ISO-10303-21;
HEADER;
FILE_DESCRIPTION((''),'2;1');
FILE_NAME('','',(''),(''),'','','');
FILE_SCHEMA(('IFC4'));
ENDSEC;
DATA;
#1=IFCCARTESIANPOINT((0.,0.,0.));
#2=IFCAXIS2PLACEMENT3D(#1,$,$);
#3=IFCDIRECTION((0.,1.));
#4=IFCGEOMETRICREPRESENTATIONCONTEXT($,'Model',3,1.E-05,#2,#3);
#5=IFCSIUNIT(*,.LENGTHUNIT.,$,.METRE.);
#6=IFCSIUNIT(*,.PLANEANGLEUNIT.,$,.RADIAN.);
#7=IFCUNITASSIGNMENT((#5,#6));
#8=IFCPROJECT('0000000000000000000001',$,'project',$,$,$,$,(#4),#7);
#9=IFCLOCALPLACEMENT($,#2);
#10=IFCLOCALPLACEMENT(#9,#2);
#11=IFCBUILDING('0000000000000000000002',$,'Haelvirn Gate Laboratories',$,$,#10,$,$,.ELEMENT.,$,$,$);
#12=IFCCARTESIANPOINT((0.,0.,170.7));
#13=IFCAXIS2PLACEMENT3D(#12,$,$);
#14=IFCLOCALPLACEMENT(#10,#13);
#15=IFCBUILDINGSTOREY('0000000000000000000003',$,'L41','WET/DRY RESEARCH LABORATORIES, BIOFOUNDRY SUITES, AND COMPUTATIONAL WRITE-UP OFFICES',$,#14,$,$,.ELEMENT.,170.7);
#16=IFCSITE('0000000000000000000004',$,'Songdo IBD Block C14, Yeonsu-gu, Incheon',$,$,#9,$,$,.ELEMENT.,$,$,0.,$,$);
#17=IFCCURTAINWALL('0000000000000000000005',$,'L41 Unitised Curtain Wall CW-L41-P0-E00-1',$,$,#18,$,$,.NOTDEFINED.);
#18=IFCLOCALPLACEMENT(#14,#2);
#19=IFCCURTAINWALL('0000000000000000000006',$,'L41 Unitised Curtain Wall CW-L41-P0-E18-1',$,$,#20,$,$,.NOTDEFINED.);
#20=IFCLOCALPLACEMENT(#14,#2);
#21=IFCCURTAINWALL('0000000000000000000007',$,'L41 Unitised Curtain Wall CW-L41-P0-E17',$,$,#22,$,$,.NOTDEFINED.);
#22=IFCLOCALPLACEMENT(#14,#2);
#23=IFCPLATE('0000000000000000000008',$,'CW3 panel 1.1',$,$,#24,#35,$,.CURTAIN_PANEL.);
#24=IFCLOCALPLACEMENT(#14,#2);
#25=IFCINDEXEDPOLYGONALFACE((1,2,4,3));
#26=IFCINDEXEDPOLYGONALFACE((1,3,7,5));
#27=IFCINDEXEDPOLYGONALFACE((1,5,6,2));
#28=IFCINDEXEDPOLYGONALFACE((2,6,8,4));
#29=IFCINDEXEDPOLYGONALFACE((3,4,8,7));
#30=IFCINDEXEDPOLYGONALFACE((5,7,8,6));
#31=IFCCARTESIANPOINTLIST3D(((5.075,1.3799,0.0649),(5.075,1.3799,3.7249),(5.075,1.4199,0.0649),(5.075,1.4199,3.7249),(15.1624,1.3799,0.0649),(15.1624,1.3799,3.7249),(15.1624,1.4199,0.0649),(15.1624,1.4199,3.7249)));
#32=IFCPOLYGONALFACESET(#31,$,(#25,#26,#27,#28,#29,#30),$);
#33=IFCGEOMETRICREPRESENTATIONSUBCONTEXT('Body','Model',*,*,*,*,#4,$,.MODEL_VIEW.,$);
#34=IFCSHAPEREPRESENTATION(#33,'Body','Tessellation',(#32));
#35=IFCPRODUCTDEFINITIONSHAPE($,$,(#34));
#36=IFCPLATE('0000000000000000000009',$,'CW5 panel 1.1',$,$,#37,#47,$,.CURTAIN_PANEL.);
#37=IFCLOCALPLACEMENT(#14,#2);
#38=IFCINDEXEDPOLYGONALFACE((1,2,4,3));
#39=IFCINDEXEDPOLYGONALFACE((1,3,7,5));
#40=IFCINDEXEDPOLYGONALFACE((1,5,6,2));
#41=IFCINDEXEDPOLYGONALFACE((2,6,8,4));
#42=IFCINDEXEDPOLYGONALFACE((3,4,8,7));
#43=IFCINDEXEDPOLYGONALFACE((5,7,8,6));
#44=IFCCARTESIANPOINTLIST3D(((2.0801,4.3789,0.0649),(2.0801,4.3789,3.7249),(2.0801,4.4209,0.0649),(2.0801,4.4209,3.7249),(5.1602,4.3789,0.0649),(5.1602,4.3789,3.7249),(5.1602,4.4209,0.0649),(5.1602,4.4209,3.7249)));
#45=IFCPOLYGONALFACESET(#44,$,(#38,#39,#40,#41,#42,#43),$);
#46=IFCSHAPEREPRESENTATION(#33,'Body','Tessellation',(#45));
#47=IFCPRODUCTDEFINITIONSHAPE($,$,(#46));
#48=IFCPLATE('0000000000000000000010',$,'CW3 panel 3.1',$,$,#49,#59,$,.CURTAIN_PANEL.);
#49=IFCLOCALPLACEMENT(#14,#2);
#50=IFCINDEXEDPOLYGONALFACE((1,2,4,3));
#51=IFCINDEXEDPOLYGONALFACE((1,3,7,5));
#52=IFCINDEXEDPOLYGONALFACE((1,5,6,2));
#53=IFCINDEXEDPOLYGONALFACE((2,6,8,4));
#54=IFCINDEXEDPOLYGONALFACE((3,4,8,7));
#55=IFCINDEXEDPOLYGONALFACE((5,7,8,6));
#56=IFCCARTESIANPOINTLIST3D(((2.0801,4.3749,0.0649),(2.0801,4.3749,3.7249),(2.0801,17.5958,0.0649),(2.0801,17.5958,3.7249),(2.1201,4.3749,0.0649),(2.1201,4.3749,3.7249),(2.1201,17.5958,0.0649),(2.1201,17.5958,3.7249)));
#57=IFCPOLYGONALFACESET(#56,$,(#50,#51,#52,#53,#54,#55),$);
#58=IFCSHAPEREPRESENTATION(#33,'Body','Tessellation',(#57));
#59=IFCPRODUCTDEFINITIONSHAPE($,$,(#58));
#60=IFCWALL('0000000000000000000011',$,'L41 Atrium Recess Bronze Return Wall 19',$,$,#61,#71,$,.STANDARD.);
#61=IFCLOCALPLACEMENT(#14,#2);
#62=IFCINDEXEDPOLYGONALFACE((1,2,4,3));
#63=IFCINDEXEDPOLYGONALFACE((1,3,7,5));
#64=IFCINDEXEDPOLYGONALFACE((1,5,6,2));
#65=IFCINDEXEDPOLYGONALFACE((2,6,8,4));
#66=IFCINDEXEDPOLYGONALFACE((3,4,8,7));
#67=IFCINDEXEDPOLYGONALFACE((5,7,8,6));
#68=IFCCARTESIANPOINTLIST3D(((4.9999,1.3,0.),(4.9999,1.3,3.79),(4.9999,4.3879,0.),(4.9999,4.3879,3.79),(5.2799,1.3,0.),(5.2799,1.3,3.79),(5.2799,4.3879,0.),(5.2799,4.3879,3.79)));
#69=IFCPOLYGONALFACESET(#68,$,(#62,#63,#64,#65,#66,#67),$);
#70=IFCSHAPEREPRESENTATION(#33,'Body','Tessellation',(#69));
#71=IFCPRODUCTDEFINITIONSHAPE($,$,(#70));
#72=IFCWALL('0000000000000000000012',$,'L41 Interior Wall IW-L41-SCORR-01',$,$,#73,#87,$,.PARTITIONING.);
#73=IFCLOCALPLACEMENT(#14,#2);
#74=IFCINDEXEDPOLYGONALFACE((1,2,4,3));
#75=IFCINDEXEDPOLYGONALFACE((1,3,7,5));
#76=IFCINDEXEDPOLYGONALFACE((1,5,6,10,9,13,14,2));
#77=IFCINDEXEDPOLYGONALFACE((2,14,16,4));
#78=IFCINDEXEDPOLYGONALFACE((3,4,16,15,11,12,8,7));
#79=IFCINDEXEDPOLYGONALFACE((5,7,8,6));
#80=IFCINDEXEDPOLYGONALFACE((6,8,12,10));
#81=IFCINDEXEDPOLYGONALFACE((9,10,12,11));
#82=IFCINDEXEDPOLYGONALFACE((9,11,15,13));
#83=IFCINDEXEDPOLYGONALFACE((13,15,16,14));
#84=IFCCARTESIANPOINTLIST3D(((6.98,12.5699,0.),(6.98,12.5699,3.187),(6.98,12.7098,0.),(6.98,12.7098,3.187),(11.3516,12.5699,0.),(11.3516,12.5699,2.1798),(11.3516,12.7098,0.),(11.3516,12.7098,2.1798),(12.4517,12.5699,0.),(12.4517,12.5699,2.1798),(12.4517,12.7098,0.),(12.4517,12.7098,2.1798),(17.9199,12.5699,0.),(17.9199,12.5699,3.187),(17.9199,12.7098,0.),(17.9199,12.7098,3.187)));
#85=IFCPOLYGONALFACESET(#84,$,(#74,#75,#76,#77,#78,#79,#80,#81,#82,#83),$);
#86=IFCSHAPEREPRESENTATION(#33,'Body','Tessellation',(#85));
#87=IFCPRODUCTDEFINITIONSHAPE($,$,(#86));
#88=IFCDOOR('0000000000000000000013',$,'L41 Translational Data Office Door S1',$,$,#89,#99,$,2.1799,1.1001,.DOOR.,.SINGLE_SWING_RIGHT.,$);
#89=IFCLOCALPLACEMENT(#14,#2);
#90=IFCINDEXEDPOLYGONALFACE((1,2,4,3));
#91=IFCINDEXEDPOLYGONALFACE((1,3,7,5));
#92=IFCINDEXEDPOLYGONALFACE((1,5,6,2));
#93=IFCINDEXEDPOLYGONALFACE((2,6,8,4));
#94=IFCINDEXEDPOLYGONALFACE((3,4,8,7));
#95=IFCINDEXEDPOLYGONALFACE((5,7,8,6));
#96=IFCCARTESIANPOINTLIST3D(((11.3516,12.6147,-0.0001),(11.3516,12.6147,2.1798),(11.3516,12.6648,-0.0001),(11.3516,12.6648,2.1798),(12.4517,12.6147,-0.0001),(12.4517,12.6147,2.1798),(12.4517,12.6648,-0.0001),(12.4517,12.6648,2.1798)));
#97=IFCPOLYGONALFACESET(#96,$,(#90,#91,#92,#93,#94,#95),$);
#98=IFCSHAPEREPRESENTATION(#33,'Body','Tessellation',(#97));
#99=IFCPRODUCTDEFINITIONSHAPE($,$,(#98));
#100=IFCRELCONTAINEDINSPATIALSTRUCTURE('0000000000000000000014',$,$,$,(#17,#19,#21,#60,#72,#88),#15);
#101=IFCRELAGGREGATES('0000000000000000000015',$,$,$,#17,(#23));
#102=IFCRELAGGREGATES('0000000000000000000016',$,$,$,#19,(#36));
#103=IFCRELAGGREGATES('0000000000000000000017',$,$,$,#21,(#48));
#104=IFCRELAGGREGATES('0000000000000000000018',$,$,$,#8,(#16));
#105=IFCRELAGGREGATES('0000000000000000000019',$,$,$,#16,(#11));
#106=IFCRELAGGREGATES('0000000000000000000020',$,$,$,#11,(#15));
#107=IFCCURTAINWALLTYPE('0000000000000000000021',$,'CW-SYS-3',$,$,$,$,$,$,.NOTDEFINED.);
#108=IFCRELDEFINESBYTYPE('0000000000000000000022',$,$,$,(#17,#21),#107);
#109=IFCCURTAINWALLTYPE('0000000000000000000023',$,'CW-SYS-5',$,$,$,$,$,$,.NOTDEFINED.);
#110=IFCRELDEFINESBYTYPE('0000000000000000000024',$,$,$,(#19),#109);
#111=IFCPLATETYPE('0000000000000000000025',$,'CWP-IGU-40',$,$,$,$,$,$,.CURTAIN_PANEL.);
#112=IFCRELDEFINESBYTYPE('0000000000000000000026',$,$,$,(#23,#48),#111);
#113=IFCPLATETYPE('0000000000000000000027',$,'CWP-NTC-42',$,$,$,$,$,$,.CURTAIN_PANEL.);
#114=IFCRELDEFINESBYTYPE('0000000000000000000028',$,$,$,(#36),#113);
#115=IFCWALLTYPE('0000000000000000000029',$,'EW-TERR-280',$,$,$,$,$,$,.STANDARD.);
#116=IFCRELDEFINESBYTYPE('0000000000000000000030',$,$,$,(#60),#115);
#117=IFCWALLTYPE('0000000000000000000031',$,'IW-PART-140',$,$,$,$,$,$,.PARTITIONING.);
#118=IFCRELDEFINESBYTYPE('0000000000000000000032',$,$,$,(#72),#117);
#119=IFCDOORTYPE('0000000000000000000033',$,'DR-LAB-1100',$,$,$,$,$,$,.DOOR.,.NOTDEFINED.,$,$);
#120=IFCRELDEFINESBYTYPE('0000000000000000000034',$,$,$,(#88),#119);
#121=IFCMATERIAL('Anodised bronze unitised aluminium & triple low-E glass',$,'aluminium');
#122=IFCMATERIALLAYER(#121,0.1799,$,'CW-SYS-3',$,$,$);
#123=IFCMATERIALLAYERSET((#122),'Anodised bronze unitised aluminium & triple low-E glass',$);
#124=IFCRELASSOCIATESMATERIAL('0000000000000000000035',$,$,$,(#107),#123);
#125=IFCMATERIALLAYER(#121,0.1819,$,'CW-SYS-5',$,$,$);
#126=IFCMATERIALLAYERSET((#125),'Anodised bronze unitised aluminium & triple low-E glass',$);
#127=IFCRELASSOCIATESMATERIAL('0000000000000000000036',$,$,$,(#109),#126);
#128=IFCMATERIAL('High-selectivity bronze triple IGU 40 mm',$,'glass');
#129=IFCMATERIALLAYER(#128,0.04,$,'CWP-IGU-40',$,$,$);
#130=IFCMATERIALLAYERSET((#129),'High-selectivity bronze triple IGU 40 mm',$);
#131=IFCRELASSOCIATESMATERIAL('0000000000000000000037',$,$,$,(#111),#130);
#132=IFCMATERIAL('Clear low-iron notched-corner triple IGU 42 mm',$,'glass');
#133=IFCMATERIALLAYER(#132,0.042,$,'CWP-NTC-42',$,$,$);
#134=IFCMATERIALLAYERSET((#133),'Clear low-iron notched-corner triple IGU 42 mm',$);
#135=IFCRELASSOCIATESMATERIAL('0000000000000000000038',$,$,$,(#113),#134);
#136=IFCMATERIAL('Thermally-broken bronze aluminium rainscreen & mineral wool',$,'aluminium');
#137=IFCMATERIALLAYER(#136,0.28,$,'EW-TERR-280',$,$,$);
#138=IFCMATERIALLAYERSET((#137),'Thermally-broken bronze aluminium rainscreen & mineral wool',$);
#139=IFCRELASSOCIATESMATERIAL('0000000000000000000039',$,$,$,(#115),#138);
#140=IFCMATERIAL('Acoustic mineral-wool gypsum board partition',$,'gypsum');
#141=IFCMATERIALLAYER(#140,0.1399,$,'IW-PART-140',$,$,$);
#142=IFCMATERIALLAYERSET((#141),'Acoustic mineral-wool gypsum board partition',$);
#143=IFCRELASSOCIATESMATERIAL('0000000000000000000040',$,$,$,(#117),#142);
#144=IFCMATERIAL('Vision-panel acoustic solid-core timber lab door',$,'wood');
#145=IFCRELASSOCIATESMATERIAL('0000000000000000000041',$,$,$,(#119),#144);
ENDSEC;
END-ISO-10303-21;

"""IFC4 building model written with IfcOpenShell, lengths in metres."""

from ifc_helpers import new_model, si_unit, direction, frame, frame_2d, origin, origin_2d, place, context, subcontext, project, spatial, rectangle, extrude, source, transform, mapped, material, layer, layer_set, type_object, type_shapes, element, fill, aggregate, save


model = new_model("IFC4")

# Units and contexts
model_context = context("Model", 3, precision=1e-05, world=origin(), true_north=direction((0.0, 1.0)))
body_context = subcontext(model_context, "Body", "Model", "MODEL_VIEW")
ifc_project = project(units=[si_unit("LENGTHUNIT", "METRE"), si_unit("PLANEANGLEUNIT", "RADIAN")], contexts=[model_context])

# Site, building, storey
site_placement = place(None, origin())
site = spatial("IfcSite", under=ifc_project, at=site_placement, Name="Songdo IBD Block C14, Yeonsu-gu, Incheon", CompositionType="ELEMENT", RefElevation=0.0)
building_placement = place(site_placement, origin())
building = spatial("IfcBuilding", under=site, at=building_placement, Name="Haelvirn Gate Laboratories", CompositionType="ELEMENT")
storey_placement = place(building_placement, frame((0.0, 0.0, 170.7)))
storey = spatial("IfcBuildingStorey", under=building, at=storey_placement, Name="L41", Description="WET/DRY RESEARCH LABORATORIES, BIOFOUNDRY SUITES, AND COMPUTATIONAL WRITE-UP OFFICES", CompositionType="ELEMENT", Elevation=170.7)

# Curtain walls
ifc_material_1 = material(Name="Anodised bronze unitised aluminium & triple low-E glass", Category="aluminium")
ifc_layer_1 = layer(ifc_material_1, 0.1799, Name="CW-SYS-3")
ifc_layer_set_1 = layer_set([ifc_layer_1], Name="Anodised bronze unitised aluminium & triple low-E glass")
curtain_wall_type_1 = type_object("IfcCurtainWallType", Name="CW-SYS-3", PredefinedType="NOTDEFINED", material=ifc_layer_set_1)
curtain_wall_1_placement = place(storey_placement, origin())
curtain_wall_1 = element("IfcCurtainWall", 1, at=curtain_wall_1_placement, inside=storey, type_object=curtain_wall_type_1, Name="L41 Unitised Curtain Wall CW-L41-P0-E00-1", PredefinedType="NOTDEFINED")
ifc_layer_2 = layer(ifc_material_1, 0.1819, Name="CW-SYS-5")
ifc_layer_set_2 = layer_set([ifc_layer_2], Name="Anodised bronze unitised aluminium & triple low-E glass")
curtain_wall_type_2 = type_object("IfcCurtainWallType", Name="CW-SYS-5", PredefinedType="NOTDEFINED", material=ifc_layer_set_2)
curtain_wall_2_placement = place(storey_placement, origin())
curtain_wall_2 = element("IfcCurtainWall", 2, at=curtain_wall_2_placement, inside=storey, type_object=curtain_wall_type_2, Name="L41 Unitised Curtain Wall CW-L41-P0-E18-1", PredefinedType="NOTDEFINED")

# Curtain wall
curtain_wall_3_placement = place(storey_placement, origin())
curtain_wall_3 = element("IfcCurtainWall", 3, at=curtain_wall_3_placement, inside=storey, type_object=curtain_wall_type_1, Name="L41 Unitised Curtain Wall CW-L41-P0-E17", PredefinedType="NOTDEFINED")

# Plates
ifc_material_2 = material(Name="High-selectivity bronze triple IGU 40 mm", Category="glass")
ifc_layer_3 = layer(ifc_material_2, 0.04, Name="CWP-IGU-40")
ifc_layer_set_3 = layer_set([ifc_layer_3], Name="High-selectivity bronze triple IGU 40 mm")
plate_type_1 = type_object("IfcPlateType", Name="CWP-IGU-40", PredefinedType="CURTAIN_PANEL", material=ifc_layer_set_3)
shared_shape_1 = source(origin(), body_context, "Body", "SweptSolid", [
    extrude(rectangle(XDim=10.0874, YDim=0.04, at=origin_2d()), origin(), (0.0, 0.0, 1.0), 3.6599),
])
plate_1_placement = place(storey_placement, frame((10.1187, 1.3999, 0.0649), z_axis=(0.0, 0.0, 1.0), x_axis=(1.0, 0.0, 0.0)))
plate_1 = element("IfcPlate", 4, at=plate_1_placement, type_object=plate_type_1, Name="CW3 panel 1.1", PredefinedType="CURTAIN_PANEL", context=body_context, shape_type="MappedRepresentation", body=[
    mapped(shared_shape_1, transform((0.0, 0.0, 0.0), scale=1.0)),
])
aggregate(curtain_wall_1, [plate_1])
ifc_material_3 = material(Name="Clear low-iron notched-corner triple IGU 42 mm", Category="glass")
ifc_layer_4 = layer(ifc_material_3, 0.042, Name="CWP-NTC-42")
ifc_layer_set_4 = layer_set([ifc_layer_4], Name="Clear low-iron notched-corner triple IGU 42 mm")
plate_type_2 = type_object("IfcPlateType", Name="CWP-NTC-42", PredefinedType="CURTAIN_PANEL", material=ifc_layer_set_4)
shared_shape_2 = source(origin(), body_context, "Body", "SweptSolid", [
    extrude(rectangle(XDim=3.0801, YDim=0.042, at=origin_2d()), origin(), (0.0, 0.0, 1.0), 3.6599),
])
type_shapes(plate_type_2, [shared_shape_2])
plate_2_placement = place(storey_placement, frame((3.6201, 4.3999, 0.0649), z_axis=(0.0, 0.0, 1.0), x_axis=(1.0, 0.0, 0.0)))
plate_2 = element("IfcPlate", 5, at=plate_2_placement, type_object=plate_type_2, Name="CW5 panel 1.1", PredefinedType="CURTAIN_PANEL", context=body_context, shape_type="MappedRepresentation", body=[
    mapped(shared_shape_2, transform((0.0, 0.0, 0.0), scale=1.0)),
])
aggregate(curtain_wall_2, [plate_2])
shared_shape_3 = source(origin(), body_context, "Body", "SweptSolid", [
    extrude(rectangle(XDim=13.2209, YDim=0.04, at=origin_2d()), origin(), (0.0, 0.0, 1.0), 3.6599),
])
type_shapes(plate_type_1, [shared_shape_1, shared_shape_3])
plate_3_placement = place(storey_placement, frame((2.1001, 10.9854, 0.0649), z_axis=(0.0, 0.0, 1.0), x_axis=(0.0, -1.0, 0.0)))
plate_3 = element("IfcPlate", 6, at=plate_3_placement, type_object=plate_type_1, Name="CW3 panel 3.1", PredefinedType="CURTAIN_PANEL", context=body_context, shape_type="MappedRepresentation", body=[
    mapped(shared_shape_3, transform((0.0, 0.0, 0.0), scale=1.0)),
])
aggregate(curtain_wall_3, [plate_3])

# Wall
ifc_material_4 = material(Name="Thermally-broken bronze aluminium rainscreen & mineral wool", Category="aluminium")
ifc_layer_5 = layer(ifc_material_4, 0.28, Name="EW-TERR-280")
ifc_layer_set_5 = layer_set([ifc_layer_5], Name="Thermally-broken bronze aluminium rainscreen & mineral wool")
wall_type_1 = type_object("IfcWallType", Name="EW-TERR-280", PredefinedType="STANDARD", material=ifc_layer_set_5)
wall_1_placement = place(storey_placement, frame((5.1399, 4.3879, 0.0), z_axis=(0.0, 0.0, 1.0), x_axis=(0.0, -1.0, 0.0)))
element("IfcWall", 7, at=wall_1_placement, inside=storey, type_object=wall_type_1, Name="L41 Atrium Recess Bronze Return Wall 19", PredefinedType="STANDARD", context=body_context, shape_type="SweptSolid", body=[
    extrude(rectangle(XDim=3.0879, YDim=0.28, at=frame_2d((1.5439, 0.0))), origin(), (0.0, 0.0, 1.0), 3.79),
])

# Wall, opening, door
ifc_material_5 = material(Name="Acoustic mineral-wool gypsum board partition", Category="gypsum")
ifc_layer_6 = layer(ifc_material_5, 0.1399, Name="IW-PART-140")
ifc_layer_set_6 = layer_set([ifc_layer_6], Name="Acoustic mineral-wool gypsum board partition")
wall_type_2 = type_object("IfcWallType", Name="IW-PART-140", PredefinedType="PARTITIONING", material=ifc_layer_set_6)
wall_2_placement = place(storey_placement, frame((6.98, 12.6399, 0.0), z_axis=(0.0, 0.0, 1.0), x_axis=(1.0, 0.0, 0.0)))
wall_2 = element("IfcWall", 8, at=wall_2_placement, inside=storey, type_object=wall_type_2, Name="L41 Interior Wall IW-L41-SCORR-01", PredefinedType="PARTITIONING", context=body_context, shape_type="SweptSolid", body=[
    extrude(rectangle(XDim=10.9399, YDim=0.1399, at=frame_2d((5.47, 0.0))), origin(), (0.0, 0.0, 1.0), 3.187),
])
opening_placement = place(wall_2_placement, frame((4.3716, 0.0, 0.0)))
opening = element("IfcOpeningElement", 9, at=opening_placement, cuts=wall_2, PredefinedType="OPENING", context=body_context, shape_type="SweptSolid", body=[
    extrude(rectangle(XDim=1.1001, YDim=2.1799, at=frame_2d((0.55, 1.0898))), frame((0.0, 0.0801, 0.0), z_axis=(0.0, -1.0, 0.0), x_axis=(1.0, 0.0, 0.0)), (0.0, 0.0, 1.0), 0.1599),
])
ifc_material_6 = material(Name="Vision-panel acoustic solid-core timber lab door", Category="wood")
door_type = type_object("IfcDoorType", Name="DR-LAB-1100", OperationType="NOTDEFINED", PredefinedType="DOOR", material=ifc_material_6)
shared_shape_4 = source(origin(), body_context, "Body", "SweptSolid", [
    extrude(rectangle(XDim=1.1001, YDim=2.1799, at=frame_2d((0.55, 1.0898))), frame((0.0, 0.0249, 0.0), z_axis=(0.0, -1.0, 0.0), x_axis=(1.0, 0.0, 0.0)), (0.0, 0.0, 1.0), 0.05),
])
type_shapes(door_type, [shared_shape_4])
door_placement = place(opening_placement, origin())
door = element("IfcDoor", 10, at=door_placement, inside=storey, type_object=door_type, Name="L41 Translational Data Office Door S1", OperationType="SINGLE_SWING_RIGHT", OverallHeight=2.1799, OverallWidth=1.1001, PredefinedType="DOOR", context=body_context, shape_type="MappedRepresentation", body=[
    mapped(shared_shape_4, transform((0.0, 0.0, 0.0), scale=1.0)),
])
fill(opening, door)

save(model, "model.ifc")
